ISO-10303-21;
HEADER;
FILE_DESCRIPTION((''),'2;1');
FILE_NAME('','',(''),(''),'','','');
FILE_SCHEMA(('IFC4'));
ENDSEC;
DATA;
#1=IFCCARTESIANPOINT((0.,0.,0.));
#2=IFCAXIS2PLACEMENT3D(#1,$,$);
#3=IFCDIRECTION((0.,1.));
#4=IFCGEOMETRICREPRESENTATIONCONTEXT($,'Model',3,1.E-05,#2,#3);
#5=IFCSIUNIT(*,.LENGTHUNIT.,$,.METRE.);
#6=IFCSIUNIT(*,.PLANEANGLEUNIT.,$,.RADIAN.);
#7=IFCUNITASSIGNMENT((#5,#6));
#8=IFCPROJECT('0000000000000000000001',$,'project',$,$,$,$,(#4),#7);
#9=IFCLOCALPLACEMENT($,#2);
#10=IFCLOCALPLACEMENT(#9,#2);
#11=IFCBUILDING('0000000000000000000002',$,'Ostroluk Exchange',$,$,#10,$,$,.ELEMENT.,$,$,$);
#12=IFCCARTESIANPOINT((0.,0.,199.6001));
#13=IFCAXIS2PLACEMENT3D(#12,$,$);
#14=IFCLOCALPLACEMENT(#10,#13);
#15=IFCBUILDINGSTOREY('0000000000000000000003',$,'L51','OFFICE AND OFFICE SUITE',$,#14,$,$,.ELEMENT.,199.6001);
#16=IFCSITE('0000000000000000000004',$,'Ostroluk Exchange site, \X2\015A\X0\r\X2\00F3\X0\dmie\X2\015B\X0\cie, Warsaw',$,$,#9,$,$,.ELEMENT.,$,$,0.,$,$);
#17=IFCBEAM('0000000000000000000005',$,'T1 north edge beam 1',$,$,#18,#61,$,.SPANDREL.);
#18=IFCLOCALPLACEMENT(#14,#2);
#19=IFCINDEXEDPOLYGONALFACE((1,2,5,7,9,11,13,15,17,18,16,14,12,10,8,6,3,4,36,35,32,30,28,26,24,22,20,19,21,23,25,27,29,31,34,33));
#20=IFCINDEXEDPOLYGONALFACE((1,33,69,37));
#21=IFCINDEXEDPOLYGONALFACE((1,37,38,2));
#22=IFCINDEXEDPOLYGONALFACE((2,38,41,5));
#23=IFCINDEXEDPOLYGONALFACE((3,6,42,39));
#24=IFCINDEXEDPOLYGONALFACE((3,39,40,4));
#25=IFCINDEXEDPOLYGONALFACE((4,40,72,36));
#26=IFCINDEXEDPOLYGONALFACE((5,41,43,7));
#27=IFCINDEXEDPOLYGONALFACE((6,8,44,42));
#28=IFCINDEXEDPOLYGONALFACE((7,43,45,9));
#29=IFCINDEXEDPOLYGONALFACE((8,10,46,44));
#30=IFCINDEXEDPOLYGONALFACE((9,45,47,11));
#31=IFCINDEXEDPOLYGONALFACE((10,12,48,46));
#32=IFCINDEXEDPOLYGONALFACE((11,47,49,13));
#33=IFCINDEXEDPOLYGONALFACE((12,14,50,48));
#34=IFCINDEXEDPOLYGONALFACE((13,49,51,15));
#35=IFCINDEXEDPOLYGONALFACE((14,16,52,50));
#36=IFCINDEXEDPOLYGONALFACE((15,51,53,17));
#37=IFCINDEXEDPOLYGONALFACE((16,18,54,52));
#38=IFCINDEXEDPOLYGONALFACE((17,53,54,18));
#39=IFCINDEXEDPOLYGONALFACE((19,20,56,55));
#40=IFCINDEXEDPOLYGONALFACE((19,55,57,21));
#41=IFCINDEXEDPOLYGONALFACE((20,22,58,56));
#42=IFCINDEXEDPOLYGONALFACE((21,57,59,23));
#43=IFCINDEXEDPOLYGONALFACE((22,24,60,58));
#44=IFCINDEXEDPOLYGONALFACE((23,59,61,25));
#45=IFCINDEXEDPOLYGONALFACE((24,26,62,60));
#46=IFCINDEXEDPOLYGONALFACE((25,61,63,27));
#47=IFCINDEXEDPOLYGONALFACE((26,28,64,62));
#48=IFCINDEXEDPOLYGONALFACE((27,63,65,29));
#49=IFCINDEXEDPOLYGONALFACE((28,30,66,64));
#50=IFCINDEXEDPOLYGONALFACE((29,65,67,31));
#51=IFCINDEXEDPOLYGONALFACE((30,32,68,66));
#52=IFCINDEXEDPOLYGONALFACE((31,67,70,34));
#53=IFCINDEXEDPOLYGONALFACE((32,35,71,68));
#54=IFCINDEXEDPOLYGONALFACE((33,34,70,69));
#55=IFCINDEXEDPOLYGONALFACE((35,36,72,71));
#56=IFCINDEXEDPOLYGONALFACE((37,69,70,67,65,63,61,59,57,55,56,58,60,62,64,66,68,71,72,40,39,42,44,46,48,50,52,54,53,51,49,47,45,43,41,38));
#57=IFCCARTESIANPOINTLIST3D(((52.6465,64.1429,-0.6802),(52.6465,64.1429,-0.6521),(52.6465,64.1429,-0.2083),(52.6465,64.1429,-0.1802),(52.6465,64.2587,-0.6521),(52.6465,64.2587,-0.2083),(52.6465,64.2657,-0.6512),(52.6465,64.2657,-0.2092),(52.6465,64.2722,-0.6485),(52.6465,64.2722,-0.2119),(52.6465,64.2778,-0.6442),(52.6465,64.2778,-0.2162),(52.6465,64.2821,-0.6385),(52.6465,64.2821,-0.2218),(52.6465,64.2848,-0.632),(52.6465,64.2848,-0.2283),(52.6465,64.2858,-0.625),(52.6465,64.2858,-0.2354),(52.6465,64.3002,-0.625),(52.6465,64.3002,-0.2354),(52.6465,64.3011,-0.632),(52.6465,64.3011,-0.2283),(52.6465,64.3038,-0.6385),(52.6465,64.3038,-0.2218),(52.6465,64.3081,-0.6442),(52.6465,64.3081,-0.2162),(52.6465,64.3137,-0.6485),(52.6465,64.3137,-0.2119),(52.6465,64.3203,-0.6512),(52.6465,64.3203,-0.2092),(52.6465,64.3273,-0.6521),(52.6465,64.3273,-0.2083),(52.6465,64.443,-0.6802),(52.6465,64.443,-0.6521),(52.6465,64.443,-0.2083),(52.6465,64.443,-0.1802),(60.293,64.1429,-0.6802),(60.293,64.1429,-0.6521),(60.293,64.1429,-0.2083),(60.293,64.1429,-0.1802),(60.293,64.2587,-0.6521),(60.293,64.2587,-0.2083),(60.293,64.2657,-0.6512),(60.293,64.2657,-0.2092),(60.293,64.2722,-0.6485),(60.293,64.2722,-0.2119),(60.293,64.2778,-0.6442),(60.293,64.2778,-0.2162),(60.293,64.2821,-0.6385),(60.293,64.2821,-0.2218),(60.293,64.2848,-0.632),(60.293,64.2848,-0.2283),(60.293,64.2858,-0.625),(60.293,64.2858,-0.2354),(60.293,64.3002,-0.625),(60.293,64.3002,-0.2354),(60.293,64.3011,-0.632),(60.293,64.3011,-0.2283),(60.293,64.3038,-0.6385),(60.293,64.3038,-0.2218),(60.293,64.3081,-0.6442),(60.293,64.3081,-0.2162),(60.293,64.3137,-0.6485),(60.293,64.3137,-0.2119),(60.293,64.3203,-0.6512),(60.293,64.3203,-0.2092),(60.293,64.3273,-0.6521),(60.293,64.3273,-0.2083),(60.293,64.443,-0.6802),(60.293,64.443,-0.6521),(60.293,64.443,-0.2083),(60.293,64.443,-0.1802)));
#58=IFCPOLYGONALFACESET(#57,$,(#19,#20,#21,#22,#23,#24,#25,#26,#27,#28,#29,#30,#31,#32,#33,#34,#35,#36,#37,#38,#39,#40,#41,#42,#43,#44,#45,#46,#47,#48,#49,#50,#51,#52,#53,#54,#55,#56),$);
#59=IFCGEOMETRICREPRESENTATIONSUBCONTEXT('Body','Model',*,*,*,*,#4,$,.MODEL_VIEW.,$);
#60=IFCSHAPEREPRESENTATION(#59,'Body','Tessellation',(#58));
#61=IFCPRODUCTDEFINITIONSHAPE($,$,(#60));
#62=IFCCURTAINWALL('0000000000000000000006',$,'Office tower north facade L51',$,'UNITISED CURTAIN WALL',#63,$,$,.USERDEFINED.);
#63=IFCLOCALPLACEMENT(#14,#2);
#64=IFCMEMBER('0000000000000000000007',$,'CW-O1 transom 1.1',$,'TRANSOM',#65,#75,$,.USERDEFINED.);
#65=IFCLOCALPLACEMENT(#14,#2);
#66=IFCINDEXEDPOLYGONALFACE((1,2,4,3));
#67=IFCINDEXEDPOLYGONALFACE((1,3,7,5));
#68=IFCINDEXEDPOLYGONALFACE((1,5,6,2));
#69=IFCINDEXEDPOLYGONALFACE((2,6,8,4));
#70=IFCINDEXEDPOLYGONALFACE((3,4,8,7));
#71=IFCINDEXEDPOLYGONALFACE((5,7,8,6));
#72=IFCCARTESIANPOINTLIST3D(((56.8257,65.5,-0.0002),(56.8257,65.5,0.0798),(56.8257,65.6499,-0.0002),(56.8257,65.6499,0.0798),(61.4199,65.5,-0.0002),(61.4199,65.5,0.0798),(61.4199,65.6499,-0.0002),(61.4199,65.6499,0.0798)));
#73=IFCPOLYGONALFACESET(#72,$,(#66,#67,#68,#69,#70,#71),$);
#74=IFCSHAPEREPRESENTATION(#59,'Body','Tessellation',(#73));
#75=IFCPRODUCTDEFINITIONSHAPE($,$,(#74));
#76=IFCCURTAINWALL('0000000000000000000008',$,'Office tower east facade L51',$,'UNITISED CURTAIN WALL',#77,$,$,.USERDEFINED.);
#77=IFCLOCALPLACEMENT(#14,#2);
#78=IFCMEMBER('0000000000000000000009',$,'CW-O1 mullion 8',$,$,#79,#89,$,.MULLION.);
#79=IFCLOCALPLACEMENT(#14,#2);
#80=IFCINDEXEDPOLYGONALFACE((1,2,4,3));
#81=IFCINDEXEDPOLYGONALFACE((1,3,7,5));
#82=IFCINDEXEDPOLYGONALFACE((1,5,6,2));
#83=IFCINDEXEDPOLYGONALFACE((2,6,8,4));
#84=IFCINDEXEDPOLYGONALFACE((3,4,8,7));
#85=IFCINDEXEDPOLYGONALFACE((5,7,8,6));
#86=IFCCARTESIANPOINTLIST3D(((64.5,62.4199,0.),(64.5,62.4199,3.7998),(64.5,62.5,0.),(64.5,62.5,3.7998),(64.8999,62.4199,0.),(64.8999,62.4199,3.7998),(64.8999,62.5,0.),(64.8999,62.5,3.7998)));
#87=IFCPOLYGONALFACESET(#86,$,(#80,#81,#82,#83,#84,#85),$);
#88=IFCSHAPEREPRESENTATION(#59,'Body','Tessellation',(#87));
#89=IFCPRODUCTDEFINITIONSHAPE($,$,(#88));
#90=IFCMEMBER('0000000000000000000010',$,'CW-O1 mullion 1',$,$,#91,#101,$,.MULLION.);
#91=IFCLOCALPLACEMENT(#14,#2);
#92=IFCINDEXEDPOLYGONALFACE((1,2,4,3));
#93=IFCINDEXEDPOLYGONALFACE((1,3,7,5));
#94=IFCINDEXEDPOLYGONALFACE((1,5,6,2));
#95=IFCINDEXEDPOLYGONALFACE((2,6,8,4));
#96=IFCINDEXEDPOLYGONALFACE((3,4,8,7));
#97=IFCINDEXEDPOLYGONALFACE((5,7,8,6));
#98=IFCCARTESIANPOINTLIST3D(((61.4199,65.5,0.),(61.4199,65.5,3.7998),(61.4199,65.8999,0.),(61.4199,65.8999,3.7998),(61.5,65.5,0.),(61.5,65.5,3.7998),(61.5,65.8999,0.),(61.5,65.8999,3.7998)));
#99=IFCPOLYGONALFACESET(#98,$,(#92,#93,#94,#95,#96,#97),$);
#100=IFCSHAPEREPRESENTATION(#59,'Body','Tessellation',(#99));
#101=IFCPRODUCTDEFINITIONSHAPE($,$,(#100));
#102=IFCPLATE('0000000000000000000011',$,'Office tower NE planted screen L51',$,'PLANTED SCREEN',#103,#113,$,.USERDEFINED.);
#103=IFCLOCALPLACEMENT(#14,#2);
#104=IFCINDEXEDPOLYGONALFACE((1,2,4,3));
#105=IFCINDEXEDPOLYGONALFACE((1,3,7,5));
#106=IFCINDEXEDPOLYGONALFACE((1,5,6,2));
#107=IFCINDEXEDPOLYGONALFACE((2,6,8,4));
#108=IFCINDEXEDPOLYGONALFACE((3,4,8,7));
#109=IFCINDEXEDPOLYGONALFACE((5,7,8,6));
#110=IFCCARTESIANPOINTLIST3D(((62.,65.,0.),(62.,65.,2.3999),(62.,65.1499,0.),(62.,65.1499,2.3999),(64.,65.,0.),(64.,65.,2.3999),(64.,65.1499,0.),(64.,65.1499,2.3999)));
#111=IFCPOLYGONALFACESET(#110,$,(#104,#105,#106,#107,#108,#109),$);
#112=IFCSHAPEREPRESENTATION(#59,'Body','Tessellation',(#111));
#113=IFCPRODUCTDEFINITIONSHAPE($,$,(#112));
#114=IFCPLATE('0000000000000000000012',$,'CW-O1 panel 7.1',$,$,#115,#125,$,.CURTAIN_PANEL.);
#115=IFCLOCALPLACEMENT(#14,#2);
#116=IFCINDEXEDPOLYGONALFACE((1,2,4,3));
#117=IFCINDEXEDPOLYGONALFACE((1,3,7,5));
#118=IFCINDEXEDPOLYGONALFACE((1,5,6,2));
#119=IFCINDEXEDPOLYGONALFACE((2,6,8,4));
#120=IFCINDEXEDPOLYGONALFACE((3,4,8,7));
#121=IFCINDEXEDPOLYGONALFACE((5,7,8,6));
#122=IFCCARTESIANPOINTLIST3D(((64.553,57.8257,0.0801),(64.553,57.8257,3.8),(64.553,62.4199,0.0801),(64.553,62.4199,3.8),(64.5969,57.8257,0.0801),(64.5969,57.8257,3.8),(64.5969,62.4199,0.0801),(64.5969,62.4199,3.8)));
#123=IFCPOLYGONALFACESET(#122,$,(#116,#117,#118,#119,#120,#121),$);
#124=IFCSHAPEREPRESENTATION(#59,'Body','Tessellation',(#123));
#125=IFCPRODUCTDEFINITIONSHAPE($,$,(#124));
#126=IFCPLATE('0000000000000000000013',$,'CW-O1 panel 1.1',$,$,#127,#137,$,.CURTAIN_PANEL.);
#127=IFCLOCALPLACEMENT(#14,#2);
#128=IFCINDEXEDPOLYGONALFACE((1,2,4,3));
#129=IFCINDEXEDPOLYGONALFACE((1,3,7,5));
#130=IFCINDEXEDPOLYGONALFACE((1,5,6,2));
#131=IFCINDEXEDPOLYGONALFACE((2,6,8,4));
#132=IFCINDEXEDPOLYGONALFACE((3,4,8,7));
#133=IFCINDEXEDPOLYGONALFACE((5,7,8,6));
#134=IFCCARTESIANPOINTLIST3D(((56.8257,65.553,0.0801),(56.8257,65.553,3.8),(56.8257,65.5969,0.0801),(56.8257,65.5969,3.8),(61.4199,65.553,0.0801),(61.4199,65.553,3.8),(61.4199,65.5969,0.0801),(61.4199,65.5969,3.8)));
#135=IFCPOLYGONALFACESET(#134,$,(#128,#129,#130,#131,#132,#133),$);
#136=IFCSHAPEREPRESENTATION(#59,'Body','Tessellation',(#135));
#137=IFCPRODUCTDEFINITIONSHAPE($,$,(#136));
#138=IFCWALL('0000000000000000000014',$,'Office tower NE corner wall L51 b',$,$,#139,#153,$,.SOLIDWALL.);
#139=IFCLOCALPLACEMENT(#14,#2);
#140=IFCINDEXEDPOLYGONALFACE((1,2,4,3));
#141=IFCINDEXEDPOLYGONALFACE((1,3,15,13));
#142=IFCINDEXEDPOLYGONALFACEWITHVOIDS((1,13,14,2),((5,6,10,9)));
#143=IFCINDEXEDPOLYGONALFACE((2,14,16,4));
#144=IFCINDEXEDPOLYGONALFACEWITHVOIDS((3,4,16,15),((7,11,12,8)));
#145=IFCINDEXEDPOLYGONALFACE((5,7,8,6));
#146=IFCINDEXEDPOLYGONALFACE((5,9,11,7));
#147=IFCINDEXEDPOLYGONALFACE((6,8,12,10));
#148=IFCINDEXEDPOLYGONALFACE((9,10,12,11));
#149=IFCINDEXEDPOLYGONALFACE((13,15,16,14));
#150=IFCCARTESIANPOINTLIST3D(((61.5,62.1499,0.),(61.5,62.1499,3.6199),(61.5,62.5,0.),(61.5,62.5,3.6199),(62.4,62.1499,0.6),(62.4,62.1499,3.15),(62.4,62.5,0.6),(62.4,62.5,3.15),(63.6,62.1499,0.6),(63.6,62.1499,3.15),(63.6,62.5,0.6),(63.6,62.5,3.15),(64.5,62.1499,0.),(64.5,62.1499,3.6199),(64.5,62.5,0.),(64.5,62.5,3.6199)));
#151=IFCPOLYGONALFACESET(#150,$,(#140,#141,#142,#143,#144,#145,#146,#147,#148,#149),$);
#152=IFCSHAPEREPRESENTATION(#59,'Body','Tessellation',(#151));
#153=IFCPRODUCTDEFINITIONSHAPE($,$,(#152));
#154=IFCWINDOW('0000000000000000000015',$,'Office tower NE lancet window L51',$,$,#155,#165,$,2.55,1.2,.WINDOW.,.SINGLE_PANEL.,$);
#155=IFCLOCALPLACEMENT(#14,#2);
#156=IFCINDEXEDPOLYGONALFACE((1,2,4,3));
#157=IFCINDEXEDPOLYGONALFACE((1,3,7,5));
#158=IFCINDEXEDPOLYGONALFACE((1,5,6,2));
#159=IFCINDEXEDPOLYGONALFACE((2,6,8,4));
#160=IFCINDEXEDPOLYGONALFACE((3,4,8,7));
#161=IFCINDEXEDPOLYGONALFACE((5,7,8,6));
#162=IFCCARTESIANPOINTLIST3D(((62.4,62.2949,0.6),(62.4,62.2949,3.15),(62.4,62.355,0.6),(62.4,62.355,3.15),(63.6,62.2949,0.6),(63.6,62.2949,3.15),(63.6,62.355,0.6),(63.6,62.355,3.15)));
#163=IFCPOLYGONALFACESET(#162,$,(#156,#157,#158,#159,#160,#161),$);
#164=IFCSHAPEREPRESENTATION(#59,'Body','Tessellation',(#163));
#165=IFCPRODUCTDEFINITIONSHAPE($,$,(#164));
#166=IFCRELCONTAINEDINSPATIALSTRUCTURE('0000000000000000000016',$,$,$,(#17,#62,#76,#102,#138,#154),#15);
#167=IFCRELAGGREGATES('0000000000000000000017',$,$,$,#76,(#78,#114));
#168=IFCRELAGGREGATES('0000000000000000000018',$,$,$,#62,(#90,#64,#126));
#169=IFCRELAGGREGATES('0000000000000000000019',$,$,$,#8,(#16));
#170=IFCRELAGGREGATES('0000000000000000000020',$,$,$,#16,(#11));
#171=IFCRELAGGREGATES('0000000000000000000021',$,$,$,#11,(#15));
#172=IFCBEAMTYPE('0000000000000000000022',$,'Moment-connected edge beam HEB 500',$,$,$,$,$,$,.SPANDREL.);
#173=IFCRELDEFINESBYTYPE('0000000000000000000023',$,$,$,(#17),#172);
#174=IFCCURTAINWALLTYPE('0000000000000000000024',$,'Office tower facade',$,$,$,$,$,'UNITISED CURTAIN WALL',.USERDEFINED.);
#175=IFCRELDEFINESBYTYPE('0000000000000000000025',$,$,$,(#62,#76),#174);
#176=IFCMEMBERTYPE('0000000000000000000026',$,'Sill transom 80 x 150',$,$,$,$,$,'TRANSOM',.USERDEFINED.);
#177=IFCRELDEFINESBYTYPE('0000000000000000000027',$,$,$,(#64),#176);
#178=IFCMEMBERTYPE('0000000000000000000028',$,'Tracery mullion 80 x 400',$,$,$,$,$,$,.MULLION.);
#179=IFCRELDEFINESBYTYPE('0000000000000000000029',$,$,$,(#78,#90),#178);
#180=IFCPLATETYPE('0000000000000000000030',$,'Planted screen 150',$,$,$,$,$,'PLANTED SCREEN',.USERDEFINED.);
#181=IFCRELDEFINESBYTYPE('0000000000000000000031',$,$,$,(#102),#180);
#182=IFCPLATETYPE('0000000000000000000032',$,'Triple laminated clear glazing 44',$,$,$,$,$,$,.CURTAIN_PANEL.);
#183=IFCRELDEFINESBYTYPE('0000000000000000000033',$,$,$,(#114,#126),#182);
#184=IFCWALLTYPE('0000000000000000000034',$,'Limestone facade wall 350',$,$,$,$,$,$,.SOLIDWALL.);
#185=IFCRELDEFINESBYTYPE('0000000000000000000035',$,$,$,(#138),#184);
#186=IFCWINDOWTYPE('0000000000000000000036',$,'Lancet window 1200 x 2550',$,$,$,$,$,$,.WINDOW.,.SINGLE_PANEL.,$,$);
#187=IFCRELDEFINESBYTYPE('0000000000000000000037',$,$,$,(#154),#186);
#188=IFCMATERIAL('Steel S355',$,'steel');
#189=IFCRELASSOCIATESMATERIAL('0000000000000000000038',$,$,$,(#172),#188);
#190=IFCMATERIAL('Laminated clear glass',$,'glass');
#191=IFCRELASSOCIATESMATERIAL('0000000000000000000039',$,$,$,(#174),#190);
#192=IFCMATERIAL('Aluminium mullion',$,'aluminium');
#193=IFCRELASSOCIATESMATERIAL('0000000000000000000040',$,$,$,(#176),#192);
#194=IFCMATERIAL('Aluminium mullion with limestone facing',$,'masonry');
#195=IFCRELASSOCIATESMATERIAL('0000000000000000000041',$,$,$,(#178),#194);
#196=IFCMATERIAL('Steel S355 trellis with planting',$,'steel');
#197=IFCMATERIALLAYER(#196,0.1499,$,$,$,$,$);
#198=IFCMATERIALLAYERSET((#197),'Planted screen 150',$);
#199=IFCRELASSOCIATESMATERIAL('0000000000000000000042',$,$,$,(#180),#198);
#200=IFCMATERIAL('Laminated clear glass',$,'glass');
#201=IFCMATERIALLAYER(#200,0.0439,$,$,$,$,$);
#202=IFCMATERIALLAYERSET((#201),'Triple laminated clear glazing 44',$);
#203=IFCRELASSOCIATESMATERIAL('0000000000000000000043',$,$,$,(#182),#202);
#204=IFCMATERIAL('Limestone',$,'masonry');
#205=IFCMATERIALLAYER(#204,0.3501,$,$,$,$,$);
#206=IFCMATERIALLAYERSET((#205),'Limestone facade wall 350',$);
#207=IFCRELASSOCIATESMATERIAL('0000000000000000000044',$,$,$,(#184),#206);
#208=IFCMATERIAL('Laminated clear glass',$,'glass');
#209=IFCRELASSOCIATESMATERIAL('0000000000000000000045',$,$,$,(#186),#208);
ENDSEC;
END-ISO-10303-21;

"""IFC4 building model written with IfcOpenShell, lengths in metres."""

from ifc_helpers import new_model, si_unit, direction, frame, frame_2d, origin, origin_2d, place, context, subcontext, project, spatial, rectangle, i_section, extrude, material, layer, layer_set, material_profile, profile_set, type_object, element, fill, aggregate, save


model = new_model("IFC4")

# Units and contexts
model_context = context("Model", 3, precision=1e-05, world=origin(), true_north=direction((0.0, 1.0)))
body_context = subcontext(model_context, "Body", "Model", "MODEL_VIEW")
ifc_project = project(units=[si_unit("LENGTHUNIT", "METRE"), si_unit("PLANEANGLEUNIT", "RADIAN")], contexts=[model_context])

# Site, building, storey
site_placement = place(None, origin())
site = spatial("IfcSite", under=ifc_project, at=site_placement, Name="Ostroluk Exchange site, Śródmieście, Warsaw", CompositionType="ELEMENT", RefElevation=0.0)
building_placement = place(site_placement, origin())
building = spatial("IfcBuilding", under=site, at=building_placement, Name="Ostroluk Exchange", CompositionType="ELEMENT")
storey_placement = place(building_placement, frame((0.0, 0.0, 199.6001)))
storey = spatial("IfcBuildingStorey", under=building, at=storey_placement, Name="L51", Description="OFFICE AND OFFICE SUITE", CompositionType="ELEMENT", Elevation=199.6001)

# Beam
ifc_material_1 = material(Name="Steel S355", Category="steel")
ifc_material_profile_1 = material_profile(ifc_material_1, i_section(OverallWidth=0.3, OverallDepth=0.5, WebThickness=0.0144, FlangeThickness=0.0281, FilletRadius=0.0271, at=origin_2d()), Name="HEB 500")
ifc_profile_set_1 = profile_set([ifc_material_profile_1], Name="Steel S355")
beam_type_1 = type_object("IfcBeamType", Name="Moment-connected edge beam HEB 500", PredefinedType="SPANDREL", material=ifc_profile_set_1)
beam_1_placement = place(storey_placement, frame((60.293, 64.293, -0.4302), z_axis=(-1.0, 0.0, 0.0), x_axis=(0.0, -1.0, 0.0)))
element("IfcBeam", 1, at=beam_1_placement, inside=storey, type_object=beam_type_1, Name="T1 north edge beam 1", PredefinedType="SPANDREL", context=body_context, shape_type="SweptSolid", body=[
    extrude(i_section(OverallWidth=0.3, OverallDepth=0.5, WebThickness=0.0144, FlangeThickness=0.0281, FilletRadius=0.0271, at=origin_2d()), origin(), (0.0, 0.0, 1.0), 7.6465),
])

# Curtain walls, members
ifc_material_2 = material(Name="Laminated clear glass", Category="glass")
curtain_wall_type = type_object("IfcCurtainWallType", Name="Office tower facade", ElementType="UNITISED CURTAIN WALL", PredefinedType="USERDEFINED", material=ifc_material_2)
curtain_wall_1_placement = place(storey_placement, origin())
curtain_wall_1 = element("IfcCurtainWall", 2, at=curtain_wall_1_placement, inside=storey, type_object=curtain_wall_type, Name="Office tower north facade L51", ObjectType="UNITISED CURTAIN WALL", PredefinedType="USERDEFINED")
ifc_material_3 = material(Name="Aluminium mullion", Category="aluminium")
ifc_material_profile_2 = material_profile(ifc_material_3, rectangle(XDim=0.1499, YDim=0.0801, at=origin_2d()), Name="Sill transom 80 x 150")
ifc_profile_set_2 = profile_set([ifc_material_profile_2], Name="Aluminium mullion")
member_type_1 = type_object("IfcMemberType", Name="Sill transom 80 x 150", ElementType="TRANSOM", PredefinedType="USERDEFINED", material=ifc_profile_set_2)
member_1_placement = place(storey_placement, frame((61.4199, 65.575, 0.0398), z_axis=(-1.0, 0.0, 0.0), x_axis=(0.0, -1.0, 0.0)))
member_1 = element("IfcMember", 3, at=member_1_placement, type_object=member_type_1, Name="CW-O1 transom 1.1", ObjectType="TRANSOM", PredefinedType="USERDEFINED", context=body_context, shape_type="SweptSolid", body=[
    extrude(rectangle(XDim=0.1499, YDim=0.0801, at=origin_2d()), origin(), (0.0, 0.0, 1.0), 4.5942),
])
curtain_wall_2_placement = place(storey_placement, origin())
curtain_wall_2 = element("IfcCurtainWall", 4, at=curtain_wall_2_placement, inside=storey, type_object=curtain_wall_type, Name="Office tower east facade L51", ObjectType="UNITISED CURTAIN WALL", PredefinedType="USERDEFINED")
ifc_material_4 = material(Name="Aluminium mullion with limestone facing", Category="masonry")
ifc_material_profile_3 = material_profile(ifc_material_4, rectangle(XDim=0.3999, YDim=0.0801, at=origin_2d()), Name="Tracery mullion 80 x 400")
ifc_profile_set_3 = profile_set([ifc_material_profile_3], Name="Aluminium mullion with limestone facing")
member_type_2 = type_object("IfcMemberType", Name="Tracery mullion 80 x 400", PredefinedType="MULLION", material=ifc_profile_set_3)
member_2_placement = place(storey_placement, frame((64.7, 62.46, 0.0), z_axis=(0.0, 0.0, 1.0), x_axis=(-1.0, 0.0, 0.0)))
member_2 = element("IfcMember", 5, at=member_2_placement, type_object=member_type_2, Name="CW-O1 mullion 8", PredefinedType="MULLION", context=body_context, shape_type="SweptSolid", body=[
    extrude(rectangle(XDim=0.3999, YDim=0.0801, at=origin_2d()), origin(), (0.0, 0.0, 1.0), 3.7998),
])

# Member
member_3_placement = place(storey_placement, frame((61.46, 65.7, 0.0), z_axis=(0.0, 0.0, 1.0), x_axis=(0.0, -1.0, 0.0)))
member_3 = element("IfcMember", 6, at=member_3_placement, type_object=member_type_2, Name="CW-O1 mullion 1", PredefinedType="MULLION", context=body_context, shape_type="SweptSolid", body=[
    extrude(rectangle(XDim=0.3999, YDim=0.0801, at=origin_2d()), origin(), (0.0, 0.0, 1.0), 3.7998),
])

# Plates
ifc_material_5 = material(Name="Steel S355 trellis with planting", Category="steel")
ifc_layer_1 = layer(ifc_material_5, 0.1499)
ifc_layer_set_1 = layer_set([ifc_layer_1], Name="Planted screen 150")
plate_type_1 = type_object("IfcPlateType", Name="Planted screen 150", ElementType="PLANTED SCREEN", PredefinedType="USERDEFINED", material=ifc_layer_set_1)
plate_1_placement = place(storey_placement, frame((63.0, 65.075, 0.0), z_axis=(0.0, 0.0, 1.0), x_axis=(1.0, 0.0, 0.0)))
element("IfcPlate", 7, at=plate_1_placement, inside=storey, type_object=plate_type_1, Name="Office tower NE planted screen L51", ObjectType="PLANTED SCREEN", PredefinedType="USERDEFINED", context=body_context, shape_type="SweptSolid", body=[
    extrude(rectangle(XDim=2.0, YDim=0.1499, at=origin_2d()), origin(), (0.0, 0.0, 1.0), 2.3999),
])
ifc_material_6 = material(Name="Laminated clear glass", Category="glass")
ifc_layer_2 = layer(ifc_material_6, 0.0439)
ifc_layer_set_2 = layer_set([ifc_layer_2], Name="Triple laminated clear glazing 44")
plate_type_2 = type_object("IfcPlateType", Name="Triple laminated clear glazing 44", PredefinedType="CURTAIN_PANEL", material=ifc_layer_set_2)
plate_2_placement = place(storey_placement, frame((64.575, 60.1228, 0.0801), z_axis=(0.0, 0.0, 1.0), x_axis=(0.0, 1.0, 0.0)))
plate_2 = element("IfcPlate", 8, at=plate_2_placement, type_object=plate_type_2, Name="CW-O1 panel 7.1", PredefinedType="CURTAIN_PANEL", context=body_context, shape_type="SweptSolid", body=[
    extrude(rectangle(XDim=4.5942, YDim=0.0439, at=origin_2d()), origin(), (0.0, 0.0, 1.0), 3.72),
])
aggregate(curtain_wall_2, [member_2, plate_2])
plate_3_placement = place(storey_placement, frame((59.1228, 65.575, 0.0801), z_axis=(0.0, 0.0, 1.0), x_axis=(-1.0, 0.0, 0.0)))
plate_3 = element("IfcPlate", 9, at=plate_3_placement, type_object=plate_type_2, Name="CW-O1 panel 1.1", PredefinedType="CURTAIN_PANEL", context=body_context, shape_type="SweptSolid", body=[
    extrude(rectangle(XDim=4.5942, YDim=0.0439, at=origin_2d()), origin(), (0.0, 0.0, 1.0), 3.72),
])
aggregate(curtain_wall_1, [member_3, member_1, plate_3])

# Shared definitions
ifc_material_7 = material(Name="Limestone", Category="masonry")
ifc_layer_3 = layer(ifc_material_7, 0.3501)
ifc_layer_set_3 = layer_set([ifc_layer_3], Name="Limestone facade wall 350")
wall_type = type_object("IfcWallType", Name="Limestone facade wall 350", PredefinedType="SOLIDWALL", material=ifc_layer_set_3)

# Wall, opening, window
wall_1_placement = place(storey_placement, frame((61.5, 62.325, 0.0), z_axis=(0.0, 0.0, 1.0), x_axis=(1.0, 0.0, 0.0)))
wall_1 = element("IfcWall", 10, at=wall_1_placement, inside=storey, type_object=wall_type, Name="Office tower NE corner wall L51 b", PredefinedType="SOLIDWALL", context=body_context, shape_type="SweptSolid", body=[
    extrude(rectangle(XDim=3.0, YDim=0.3501, at=frame_2d((1.5, 0.0))), origin(), (0.0, 0.0, 1.0), 3.6199),
])
opening_1_placement = place(wall_1_placement, frame((0.8999, 0.0, 0.6001)))
opening_1 = element("IfcOpeningElement", 11, at=opening_1_placement, cuts=wall_1, PredefinedType="OPENING", context=body_context, shape_type="SweptSolid", body=[
    extrude(rectangle(XDim=1.2, YDim=2.55, at=frame_2d((0.6001, 1.2749))), frame((0.0, 0.1851, 0.0), z_axis=(0.0, -1.0, 0.0), x_axis=(1.0, 0.0, 0.0)), (0.0, 0.0, 1.0), 0.3701),
])
ifc_material_8 = material(Name="Laminated clear glass", Category="glass")
window_type = type_object("IfcWindowType", Name="Lancet window 1200 x 2550", PartitioningType="SINGLE_PANEL", PredefinedType="WINDOW", material=ifc_material_8)
window_placement = place(opening_1_placement, origin())
window = element("IfcWindow", 12, at=window_placement, inside=storey, type_object=window_type, Name="Office tower NE lancet window L51", OverallHeight=2.55, OverallWidth=1.2, PartitioningType="SINGLE_PANEL", PredefinedType="WINDOW", context=body_context, shape_type="SweptSolid", body=[
    extrude(rectangle(XDim=1.2, YDim=2.55, at=frame_2d((0.6001, 1.2749))), frame((0.0, 0.03, 0.0), z_axis=(0.0, -1.0, 0.0), x_axis=(1.0, 0.0, 0.0)), (0.0, 0.0, 1.0), 0.0601),
])
fill(opening_1, window)

save(model, "model.ifc")
